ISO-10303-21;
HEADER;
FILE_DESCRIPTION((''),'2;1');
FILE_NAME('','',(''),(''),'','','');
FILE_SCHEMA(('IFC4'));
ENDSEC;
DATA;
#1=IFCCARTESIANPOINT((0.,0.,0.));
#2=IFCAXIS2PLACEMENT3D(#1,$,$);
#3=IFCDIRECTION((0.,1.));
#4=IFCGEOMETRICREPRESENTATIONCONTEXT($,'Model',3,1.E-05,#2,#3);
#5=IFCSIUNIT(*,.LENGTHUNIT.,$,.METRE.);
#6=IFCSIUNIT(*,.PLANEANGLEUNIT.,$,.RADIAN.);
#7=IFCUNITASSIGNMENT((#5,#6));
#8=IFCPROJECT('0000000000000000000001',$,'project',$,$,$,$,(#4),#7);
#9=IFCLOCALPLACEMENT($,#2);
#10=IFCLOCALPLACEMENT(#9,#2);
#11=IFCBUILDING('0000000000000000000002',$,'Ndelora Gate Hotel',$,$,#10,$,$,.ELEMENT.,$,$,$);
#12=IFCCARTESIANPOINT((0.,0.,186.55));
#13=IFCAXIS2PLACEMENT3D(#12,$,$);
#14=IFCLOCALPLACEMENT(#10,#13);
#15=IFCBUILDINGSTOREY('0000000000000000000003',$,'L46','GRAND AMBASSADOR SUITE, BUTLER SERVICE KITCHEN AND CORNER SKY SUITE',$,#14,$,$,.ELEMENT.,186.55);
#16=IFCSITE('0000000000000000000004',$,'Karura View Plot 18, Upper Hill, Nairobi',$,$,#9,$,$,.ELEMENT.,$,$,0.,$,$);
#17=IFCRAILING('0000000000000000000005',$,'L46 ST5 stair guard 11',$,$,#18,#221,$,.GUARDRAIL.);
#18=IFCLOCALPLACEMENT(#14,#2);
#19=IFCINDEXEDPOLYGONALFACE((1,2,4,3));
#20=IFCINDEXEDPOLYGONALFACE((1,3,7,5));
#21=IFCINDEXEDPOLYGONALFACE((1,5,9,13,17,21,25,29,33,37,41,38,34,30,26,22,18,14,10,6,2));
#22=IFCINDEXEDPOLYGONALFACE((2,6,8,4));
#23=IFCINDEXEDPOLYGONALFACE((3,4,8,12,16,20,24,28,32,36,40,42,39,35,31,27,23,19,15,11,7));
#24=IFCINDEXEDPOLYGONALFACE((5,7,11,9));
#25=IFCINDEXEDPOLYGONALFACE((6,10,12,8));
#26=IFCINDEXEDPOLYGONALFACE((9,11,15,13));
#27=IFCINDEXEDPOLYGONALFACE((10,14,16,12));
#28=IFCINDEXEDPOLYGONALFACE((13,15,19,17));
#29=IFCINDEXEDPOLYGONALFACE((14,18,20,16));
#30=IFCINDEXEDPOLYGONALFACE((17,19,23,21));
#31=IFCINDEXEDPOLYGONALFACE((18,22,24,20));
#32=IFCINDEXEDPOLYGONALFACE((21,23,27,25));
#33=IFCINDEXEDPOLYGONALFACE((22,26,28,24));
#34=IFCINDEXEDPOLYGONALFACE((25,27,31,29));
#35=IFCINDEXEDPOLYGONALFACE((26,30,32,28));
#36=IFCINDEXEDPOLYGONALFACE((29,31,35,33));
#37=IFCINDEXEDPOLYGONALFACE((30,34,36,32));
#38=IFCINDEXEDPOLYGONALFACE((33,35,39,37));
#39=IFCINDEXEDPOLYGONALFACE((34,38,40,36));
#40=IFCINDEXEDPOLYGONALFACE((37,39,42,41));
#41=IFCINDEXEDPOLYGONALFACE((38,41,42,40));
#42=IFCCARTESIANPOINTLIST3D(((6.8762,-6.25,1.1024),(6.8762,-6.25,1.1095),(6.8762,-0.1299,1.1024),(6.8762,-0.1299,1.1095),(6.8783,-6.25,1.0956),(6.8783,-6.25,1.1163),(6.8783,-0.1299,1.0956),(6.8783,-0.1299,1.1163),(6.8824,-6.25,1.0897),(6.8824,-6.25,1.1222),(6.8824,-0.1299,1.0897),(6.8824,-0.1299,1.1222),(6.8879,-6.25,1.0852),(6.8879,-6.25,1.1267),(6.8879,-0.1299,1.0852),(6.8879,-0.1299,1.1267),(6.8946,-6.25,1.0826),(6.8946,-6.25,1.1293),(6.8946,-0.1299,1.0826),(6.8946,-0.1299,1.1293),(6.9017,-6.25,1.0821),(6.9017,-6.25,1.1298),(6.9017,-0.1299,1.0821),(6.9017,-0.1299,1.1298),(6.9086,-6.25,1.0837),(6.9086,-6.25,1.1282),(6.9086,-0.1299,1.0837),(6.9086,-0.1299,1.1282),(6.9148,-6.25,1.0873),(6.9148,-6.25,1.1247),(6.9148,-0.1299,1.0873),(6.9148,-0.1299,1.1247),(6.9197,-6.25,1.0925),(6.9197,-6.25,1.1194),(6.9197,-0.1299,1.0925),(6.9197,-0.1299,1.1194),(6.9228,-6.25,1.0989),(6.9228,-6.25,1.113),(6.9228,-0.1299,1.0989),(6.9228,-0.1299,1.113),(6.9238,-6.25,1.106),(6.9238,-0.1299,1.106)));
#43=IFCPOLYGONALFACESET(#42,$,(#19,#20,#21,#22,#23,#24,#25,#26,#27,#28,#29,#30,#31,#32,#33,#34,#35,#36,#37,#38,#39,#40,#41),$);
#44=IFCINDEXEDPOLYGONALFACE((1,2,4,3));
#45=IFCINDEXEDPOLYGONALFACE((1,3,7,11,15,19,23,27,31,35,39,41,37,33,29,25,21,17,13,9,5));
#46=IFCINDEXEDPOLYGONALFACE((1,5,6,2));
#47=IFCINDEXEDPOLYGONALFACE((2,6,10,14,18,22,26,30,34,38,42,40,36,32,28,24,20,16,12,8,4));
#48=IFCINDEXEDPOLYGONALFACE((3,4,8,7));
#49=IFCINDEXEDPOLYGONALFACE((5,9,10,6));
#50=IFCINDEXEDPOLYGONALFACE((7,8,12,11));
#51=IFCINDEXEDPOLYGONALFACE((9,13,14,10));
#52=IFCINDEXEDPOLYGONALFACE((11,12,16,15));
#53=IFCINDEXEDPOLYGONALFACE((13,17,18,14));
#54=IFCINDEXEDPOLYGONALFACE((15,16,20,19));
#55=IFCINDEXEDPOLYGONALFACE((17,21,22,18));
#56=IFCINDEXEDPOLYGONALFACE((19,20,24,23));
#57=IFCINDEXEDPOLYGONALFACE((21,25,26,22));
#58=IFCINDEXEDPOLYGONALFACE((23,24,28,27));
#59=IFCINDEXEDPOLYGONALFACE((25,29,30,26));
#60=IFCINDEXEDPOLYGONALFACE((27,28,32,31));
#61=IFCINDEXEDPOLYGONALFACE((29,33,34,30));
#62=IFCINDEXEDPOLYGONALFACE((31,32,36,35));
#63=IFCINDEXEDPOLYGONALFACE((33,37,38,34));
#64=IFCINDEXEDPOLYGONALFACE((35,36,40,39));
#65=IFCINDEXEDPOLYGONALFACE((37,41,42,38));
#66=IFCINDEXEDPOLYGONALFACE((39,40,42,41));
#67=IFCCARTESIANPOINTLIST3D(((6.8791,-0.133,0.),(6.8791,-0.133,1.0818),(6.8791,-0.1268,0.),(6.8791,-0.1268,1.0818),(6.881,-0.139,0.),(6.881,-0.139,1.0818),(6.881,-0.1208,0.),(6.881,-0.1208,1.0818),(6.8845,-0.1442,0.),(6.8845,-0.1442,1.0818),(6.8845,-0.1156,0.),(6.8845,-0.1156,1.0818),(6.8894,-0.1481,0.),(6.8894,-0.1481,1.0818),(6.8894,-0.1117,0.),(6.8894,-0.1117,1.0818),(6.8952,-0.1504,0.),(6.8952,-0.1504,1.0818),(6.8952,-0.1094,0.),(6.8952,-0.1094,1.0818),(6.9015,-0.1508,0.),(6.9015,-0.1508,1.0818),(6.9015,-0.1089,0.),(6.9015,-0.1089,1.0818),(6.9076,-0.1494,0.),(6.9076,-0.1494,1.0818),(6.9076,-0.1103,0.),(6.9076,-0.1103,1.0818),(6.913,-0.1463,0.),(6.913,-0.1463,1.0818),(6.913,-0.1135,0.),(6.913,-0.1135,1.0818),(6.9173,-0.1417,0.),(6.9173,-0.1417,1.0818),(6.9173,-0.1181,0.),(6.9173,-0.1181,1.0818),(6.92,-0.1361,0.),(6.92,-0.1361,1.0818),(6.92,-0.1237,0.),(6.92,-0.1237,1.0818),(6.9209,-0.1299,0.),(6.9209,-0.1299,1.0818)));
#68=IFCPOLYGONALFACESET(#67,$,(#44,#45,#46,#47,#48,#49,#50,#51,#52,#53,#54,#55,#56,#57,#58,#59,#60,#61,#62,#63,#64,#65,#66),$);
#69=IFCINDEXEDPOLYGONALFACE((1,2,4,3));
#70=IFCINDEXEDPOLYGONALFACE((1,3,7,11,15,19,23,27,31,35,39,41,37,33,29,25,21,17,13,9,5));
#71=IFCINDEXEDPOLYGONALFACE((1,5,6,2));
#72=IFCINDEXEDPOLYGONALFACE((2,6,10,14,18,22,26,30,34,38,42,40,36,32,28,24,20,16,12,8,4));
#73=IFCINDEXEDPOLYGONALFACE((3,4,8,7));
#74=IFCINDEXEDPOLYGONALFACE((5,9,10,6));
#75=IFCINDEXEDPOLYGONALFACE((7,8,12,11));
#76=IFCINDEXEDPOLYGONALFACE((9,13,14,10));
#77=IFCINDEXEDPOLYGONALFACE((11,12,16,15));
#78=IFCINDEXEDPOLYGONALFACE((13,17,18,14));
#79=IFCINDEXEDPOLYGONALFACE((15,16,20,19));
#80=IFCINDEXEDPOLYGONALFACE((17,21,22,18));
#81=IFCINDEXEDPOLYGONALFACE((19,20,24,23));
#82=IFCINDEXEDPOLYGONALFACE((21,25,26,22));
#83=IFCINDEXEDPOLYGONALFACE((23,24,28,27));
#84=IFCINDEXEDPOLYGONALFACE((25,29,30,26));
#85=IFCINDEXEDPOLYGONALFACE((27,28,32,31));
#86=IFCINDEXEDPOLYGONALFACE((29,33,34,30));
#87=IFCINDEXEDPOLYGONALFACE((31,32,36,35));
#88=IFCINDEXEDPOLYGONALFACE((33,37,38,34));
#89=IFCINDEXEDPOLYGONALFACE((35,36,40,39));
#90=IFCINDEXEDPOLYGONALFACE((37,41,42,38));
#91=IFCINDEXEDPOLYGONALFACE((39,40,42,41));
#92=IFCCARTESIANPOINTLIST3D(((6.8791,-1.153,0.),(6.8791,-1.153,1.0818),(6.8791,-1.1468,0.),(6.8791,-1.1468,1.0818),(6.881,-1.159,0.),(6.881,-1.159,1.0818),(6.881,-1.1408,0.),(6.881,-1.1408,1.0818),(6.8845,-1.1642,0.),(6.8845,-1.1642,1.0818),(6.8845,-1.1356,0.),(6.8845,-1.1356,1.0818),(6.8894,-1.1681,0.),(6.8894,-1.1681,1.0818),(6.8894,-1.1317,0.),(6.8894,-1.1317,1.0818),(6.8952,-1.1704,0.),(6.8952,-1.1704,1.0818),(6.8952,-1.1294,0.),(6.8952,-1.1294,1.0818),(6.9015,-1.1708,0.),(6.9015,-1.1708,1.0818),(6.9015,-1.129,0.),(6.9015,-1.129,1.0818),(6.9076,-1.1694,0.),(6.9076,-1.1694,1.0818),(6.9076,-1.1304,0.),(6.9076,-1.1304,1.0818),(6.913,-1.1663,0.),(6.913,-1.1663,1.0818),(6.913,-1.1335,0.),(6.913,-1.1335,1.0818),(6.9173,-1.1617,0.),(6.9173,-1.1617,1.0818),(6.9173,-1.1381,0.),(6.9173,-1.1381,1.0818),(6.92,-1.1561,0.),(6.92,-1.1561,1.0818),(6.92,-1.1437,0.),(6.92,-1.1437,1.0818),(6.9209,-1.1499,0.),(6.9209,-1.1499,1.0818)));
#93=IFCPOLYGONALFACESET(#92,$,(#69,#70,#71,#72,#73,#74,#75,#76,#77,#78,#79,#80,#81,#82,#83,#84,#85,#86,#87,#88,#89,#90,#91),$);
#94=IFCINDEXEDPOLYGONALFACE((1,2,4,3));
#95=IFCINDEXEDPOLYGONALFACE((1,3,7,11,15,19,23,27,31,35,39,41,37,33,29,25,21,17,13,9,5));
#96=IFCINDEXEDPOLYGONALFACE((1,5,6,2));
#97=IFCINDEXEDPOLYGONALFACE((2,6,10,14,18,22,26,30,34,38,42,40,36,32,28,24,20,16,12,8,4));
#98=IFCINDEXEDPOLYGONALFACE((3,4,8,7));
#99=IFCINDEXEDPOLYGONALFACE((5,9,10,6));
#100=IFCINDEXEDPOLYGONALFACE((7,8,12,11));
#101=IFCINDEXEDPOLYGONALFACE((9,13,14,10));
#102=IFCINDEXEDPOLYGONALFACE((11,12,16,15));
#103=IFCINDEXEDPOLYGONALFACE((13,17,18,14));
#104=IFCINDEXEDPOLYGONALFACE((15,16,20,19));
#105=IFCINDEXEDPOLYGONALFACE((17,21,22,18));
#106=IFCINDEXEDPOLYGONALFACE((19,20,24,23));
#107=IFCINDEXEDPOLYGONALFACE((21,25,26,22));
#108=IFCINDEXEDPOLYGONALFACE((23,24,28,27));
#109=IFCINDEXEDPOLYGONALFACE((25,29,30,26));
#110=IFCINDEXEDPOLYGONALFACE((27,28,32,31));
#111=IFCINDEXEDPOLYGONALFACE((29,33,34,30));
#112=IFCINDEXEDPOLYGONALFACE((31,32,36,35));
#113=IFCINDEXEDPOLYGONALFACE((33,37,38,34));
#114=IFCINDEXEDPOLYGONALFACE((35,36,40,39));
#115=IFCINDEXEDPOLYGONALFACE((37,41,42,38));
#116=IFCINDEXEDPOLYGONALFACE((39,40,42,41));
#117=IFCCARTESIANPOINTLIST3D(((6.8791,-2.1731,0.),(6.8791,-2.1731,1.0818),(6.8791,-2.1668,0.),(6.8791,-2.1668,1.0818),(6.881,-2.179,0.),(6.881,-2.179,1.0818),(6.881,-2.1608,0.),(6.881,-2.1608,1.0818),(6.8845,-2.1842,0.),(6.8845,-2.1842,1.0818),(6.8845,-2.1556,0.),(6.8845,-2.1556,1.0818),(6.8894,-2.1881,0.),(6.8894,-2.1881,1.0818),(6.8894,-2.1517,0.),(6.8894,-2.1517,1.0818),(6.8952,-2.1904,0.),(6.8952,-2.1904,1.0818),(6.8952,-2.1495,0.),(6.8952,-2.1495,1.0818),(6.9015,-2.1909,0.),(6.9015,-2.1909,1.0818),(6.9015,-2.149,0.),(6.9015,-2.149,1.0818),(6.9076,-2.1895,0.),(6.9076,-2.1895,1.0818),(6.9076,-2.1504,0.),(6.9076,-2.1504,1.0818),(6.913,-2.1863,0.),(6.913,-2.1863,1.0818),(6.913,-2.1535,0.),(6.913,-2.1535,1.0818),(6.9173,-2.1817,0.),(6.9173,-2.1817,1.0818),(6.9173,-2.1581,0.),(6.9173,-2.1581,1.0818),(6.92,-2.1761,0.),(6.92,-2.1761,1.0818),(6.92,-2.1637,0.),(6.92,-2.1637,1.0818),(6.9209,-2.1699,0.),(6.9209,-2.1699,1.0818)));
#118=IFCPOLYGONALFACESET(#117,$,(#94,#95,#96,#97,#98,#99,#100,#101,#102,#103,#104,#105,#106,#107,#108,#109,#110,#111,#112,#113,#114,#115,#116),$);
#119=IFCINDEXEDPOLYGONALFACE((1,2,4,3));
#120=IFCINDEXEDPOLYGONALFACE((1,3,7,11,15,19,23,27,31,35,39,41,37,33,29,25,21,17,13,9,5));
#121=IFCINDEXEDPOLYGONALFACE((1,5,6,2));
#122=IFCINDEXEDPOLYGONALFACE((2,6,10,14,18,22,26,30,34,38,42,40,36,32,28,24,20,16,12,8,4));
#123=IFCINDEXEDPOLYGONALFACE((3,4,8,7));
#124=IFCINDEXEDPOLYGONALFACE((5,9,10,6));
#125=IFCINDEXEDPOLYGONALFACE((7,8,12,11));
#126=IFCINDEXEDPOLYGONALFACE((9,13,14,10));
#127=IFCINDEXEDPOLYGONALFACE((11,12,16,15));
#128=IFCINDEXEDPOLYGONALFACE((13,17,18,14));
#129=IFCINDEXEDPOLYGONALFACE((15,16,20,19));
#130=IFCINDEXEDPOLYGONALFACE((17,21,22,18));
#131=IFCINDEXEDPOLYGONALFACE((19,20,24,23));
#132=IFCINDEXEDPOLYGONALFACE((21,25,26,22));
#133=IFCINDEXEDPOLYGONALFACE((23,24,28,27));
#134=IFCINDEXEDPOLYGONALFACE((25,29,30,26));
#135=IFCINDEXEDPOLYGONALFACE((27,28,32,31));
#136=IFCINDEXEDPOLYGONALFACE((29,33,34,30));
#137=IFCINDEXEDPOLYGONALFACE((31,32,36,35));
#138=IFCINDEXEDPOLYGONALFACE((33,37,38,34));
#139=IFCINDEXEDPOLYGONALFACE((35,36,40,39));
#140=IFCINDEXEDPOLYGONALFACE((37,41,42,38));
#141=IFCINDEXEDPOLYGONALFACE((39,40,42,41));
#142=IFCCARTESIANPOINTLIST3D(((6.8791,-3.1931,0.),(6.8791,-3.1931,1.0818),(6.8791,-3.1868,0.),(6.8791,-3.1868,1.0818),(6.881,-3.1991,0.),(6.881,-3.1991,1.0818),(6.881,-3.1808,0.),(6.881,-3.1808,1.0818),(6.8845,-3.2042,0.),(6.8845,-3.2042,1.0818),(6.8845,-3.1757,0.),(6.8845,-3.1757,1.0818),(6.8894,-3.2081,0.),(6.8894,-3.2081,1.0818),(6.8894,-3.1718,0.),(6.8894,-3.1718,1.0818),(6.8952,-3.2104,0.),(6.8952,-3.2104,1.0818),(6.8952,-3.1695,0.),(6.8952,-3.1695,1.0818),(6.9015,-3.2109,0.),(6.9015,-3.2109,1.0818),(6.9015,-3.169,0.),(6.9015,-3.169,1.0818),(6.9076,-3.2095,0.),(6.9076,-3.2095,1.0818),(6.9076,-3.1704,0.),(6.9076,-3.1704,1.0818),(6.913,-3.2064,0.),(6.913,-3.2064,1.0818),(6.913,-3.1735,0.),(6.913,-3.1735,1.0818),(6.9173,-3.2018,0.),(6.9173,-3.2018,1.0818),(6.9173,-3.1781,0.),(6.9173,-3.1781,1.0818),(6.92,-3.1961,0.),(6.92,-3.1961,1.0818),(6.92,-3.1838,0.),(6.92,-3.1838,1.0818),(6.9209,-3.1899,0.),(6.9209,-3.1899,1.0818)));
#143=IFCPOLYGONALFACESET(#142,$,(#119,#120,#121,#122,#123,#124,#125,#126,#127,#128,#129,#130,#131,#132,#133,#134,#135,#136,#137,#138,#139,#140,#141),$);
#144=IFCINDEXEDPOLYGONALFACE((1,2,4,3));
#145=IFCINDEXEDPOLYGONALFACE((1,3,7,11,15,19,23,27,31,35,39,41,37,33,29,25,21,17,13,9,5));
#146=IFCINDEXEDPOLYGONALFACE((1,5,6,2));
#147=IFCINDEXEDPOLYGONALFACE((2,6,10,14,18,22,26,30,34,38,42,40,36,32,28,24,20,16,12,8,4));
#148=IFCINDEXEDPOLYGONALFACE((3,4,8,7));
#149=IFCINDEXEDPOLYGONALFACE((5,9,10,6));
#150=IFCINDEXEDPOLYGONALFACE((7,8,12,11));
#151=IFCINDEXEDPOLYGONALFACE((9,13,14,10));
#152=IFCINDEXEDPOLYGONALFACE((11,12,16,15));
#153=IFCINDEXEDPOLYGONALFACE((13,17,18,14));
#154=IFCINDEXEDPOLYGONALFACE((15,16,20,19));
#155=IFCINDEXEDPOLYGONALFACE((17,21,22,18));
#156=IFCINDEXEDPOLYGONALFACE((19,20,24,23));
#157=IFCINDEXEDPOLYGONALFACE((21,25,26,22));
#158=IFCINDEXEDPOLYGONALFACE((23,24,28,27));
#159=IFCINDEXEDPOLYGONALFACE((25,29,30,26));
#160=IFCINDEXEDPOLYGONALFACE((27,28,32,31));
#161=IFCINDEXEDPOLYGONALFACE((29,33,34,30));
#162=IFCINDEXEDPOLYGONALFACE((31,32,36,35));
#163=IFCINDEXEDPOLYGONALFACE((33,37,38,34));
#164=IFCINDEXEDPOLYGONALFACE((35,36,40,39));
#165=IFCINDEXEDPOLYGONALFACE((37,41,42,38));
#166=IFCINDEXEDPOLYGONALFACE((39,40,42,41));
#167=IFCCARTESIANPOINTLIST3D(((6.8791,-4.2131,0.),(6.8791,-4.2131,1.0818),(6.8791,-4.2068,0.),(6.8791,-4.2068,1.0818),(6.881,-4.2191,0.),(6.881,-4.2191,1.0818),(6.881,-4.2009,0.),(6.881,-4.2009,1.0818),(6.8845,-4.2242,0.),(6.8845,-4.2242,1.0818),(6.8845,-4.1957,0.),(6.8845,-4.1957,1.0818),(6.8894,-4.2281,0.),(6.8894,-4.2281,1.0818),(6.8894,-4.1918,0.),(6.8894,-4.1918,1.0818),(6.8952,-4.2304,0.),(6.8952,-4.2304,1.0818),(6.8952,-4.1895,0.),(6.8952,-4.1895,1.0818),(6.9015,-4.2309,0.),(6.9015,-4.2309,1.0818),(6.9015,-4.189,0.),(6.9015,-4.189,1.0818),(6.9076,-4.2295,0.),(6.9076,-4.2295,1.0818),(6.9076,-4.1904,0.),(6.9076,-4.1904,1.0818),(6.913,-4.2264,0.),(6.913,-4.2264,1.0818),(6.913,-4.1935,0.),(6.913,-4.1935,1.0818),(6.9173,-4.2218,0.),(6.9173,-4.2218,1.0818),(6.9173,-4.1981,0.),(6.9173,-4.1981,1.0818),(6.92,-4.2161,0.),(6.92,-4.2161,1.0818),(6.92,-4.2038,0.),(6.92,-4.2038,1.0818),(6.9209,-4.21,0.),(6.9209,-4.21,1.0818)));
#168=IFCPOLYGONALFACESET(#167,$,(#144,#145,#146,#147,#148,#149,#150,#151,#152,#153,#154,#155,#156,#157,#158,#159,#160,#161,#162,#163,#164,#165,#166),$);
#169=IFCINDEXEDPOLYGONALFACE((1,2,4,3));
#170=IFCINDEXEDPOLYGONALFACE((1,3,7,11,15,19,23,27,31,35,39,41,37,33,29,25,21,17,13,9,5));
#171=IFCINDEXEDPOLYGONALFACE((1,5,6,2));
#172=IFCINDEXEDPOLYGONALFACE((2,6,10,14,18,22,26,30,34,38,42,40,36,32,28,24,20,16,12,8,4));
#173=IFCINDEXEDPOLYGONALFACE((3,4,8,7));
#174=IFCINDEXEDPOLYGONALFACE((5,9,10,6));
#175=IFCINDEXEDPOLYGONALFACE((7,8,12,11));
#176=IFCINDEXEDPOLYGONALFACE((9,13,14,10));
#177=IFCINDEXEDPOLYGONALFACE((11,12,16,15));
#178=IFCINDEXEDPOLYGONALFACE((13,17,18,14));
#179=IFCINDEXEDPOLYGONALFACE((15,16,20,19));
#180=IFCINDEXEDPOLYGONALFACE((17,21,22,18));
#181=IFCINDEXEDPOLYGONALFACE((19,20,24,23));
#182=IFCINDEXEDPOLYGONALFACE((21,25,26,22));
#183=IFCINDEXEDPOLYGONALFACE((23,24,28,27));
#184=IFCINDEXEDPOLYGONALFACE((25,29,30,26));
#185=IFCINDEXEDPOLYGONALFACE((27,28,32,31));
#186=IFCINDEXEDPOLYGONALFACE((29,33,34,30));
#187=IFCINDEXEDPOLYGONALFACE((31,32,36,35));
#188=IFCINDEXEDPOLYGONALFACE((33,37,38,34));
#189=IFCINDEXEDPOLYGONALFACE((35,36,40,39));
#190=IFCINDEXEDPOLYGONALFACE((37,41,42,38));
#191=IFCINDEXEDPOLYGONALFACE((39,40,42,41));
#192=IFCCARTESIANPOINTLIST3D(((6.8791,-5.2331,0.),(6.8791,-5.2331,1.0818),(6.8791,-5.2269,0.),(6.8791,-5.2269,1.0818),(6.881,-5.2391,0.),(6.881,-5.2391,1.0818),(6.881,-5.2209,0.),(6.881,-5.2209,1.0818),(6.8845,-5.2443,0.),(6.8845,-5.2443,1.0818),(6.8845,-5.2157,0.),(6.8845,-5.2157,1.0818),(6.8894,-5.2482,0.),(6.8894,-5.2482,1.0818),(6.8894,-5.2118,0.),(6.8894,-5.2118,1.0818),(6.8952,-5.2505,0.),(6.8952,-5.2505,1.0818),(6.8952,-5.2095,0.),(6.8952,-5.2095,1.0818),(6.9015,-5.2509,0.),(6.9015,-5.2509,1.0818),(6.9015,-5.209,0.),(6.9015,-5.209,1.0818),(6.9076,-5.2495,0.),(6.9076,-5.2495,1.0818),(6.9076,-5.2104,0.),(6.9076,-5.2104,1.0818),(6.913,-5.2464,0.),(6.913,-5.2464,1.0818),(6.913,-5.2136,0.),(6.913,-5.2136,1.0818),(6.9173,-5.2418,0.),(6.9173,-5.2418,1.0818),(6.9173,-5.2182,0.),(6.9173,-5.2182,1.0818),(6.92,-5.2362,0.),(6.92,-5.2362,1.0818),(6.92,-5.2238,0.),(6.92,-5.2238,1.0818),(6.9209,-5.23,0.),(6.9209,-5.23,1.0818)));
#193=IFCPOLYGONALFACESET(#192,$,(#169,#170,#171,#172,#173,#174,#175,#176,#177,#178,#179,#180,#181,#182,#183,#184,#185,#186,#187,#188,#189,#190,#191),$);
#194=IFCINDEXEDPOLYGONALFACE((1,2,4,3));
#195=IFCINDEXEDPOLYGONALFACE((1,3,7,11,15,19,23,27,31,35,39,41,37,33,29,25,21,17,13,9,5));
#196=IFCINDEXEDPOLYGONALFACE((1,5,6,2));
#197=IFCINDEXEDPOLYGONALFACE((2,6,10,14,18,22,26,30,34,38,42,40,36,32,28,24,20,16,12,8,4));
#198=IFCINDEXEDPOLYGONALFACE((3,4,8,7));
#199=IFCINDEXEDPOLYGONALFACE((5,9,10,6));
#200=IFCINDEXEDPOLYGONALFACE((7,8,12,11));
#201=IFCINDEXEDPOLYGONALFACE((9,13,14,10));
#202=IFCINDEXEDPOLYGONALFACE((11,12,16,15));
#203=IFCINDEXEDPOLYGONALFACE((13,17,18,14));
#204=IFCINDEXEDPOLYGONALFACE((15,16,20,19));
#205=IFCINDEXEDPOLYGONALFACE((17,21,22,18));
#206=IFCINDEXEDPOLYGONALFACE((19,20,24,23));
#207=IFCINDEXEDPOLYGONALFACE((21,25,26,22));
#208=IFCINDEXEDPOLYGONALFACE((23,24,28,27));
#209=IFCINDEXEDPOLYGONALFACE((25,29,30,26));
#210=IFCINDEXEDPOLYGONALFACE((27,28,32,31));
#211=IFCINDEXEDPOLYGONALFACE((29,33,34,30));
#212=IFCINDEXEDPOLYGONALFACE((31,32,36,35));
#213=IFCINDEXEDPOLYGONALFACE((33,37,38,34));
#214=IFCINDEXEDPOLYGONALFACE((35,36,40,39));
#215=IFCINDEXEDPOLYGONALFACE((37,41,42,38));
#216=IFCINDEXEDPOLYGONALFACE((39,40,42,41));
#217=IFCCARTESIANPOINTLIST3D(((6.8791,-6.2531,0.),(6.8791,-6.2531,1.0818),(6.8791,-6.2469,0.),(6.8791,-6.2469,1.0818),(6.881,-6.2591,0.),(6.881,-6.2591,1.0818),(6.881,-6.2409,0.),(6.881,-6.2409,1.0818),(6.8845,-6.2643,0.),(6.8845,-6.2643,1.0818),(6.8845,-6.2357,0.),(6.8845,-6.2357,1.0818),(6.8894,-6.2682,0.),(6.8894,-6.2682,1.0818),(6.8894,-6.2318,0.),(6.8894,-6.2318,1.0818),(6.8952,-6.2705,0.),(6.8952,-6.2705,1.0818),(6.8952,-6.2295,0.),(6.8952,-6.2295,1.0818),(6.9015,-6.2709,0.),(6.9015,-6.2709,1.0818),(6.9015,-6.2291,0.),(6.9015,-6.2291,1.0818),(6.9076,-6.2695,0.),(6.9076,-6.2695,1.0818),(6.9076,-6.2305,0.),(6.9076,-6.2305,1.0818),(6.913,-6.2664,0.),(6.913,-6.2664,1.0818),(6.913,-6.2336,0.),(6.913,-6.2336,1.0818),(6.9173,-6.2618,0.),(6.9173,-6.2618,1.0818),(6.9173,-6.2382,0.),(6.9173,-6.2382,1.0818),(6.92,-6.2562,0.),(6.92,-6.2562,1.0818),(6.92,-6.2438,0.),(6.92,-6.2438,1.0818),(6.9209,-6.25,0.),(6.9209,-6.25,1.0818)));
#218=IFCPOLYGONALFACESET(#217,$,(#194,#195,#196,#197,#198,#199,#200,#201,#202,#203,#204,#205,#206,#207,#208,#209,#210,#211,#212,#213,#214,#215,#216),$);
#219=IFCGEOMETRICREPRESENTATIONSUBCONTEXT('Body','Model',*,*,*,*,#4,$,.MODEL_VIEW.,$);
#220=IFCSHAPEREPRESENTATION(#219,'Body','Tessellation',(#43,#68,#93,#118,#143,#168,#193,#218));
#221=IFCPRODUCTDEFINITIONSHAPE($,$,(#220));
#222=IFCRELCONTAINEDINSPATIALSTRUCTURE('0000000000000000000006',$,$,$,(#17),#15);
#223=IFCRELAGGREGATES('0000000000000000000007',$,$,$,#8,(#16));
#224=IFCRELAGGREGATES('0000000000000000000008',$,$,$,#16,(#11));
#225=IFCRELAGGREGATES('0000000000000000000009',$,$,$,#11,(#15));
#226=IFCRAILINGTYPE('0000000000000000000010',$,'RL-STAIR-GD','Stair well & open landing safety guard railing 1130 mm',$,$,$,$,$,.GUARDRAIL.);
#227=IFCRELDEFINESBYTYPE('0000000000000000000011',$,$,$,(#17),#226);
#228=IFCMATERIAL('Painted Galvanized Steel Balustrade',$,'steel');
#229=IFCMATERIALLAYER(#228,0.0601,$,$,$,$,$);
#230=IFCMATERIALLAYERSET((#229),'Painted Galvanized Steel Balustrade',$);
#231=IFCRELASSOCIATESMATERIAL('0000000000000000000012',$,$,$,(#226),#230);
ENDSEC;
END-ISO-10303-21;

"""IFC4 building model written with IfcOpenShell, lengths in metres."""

from ifc_helpers import new_model, si_unit, direction, frame, origin, origin_2d, place, context, subcontext, project, spatial, circle, extrude, material, layer, layer_set, type_object, element, save


model = new_model("IFC4")

# Units and contexts
model_context = context("Model", 3, precision=1e-05, world=origin(), true_north=direction((0.0, 1.0)))
body_context = subcontext(model_context, "Body", "Model", "MODEL_VIEW")
ifc_project = project(units=[si_unit("LENGTHUNIT", "METRE"), si_unit("PLANEANGLEUNIT", "RADIAN")], contexts=[model_context])

# Site, building, storey
site_placement = place(None, origin())
site = spatial("IfcSite", under=ifc_project, at=site_placement, Name="Karura View Plot 18, Upper Hill, Nairobi", CompositionType="ELEMENT", RefElevation=0.0)
building_placement = place(site_placement, origin())
building = spatial("IfcBuilding", under=site, at=building_placement, Name="Ndelora Gate Hotel", CompositionType="ELEMENT")
storey_placement = place(building_placement, frame((0.0, 0.0, 186.55)))
storey = spatial("IfcBuildingStorey", under=building, at=storey_placement, Name="L46", Description="GRAND AMBASSADOR SUITE, BUTLER SERVICE KITCHEN AND CORNER SKY SUITE", CompositionType="ELEMENT", Elevation=186.55)

# Railing
ifc_material_1 = material(Name="Painted Galvanized Steel Balustrade", Category="steel")
ifc_layer_1 = layer(ifc_material_1, 0.0601)
ifc_layer_set_1 = layer_set([ifc_layer_1], Name="Painted Galvanized Steel Balustrade")
railing_type_1 = type_object("IfcRailingType", Name="RL-STAIR-GD", Description="Stair well & open landing safety guard railing 1130 mm", PredefinedType="GUARDRAIL", material=ifc_layer_set_1)
railing_1_placement = place(storey_placement, frame((6.8999, -0.1299, 0.0)))
element("IfcRailing", 1, at=railing_1_placement, inside=storey, type_object=railing_type_1, Name="L46 ST5 stair guard 11", PredefinedType="GUARDRAIL", context=body_context, shape_type="SweptSolid", body=[
    extrude(circle(Radius=0.0239, at=origin_2d()), frame((0.0, 0.0, 1.106), z_axis=(0.0, -1.0, 0.0), x_axis=(1.0, 0.0, 0.0)), (0.0, 0.0, 1.0), 6.1201),
    extrude(circle(Radius=0.021, at=origin_2d()), origin(), (0.0, 0.0, 1.0), 1.0818),
    extrude(circle(Radius=0.021, at=origin_2d()), frame((0.0, -1.02, 0.0)), (0.0, 0.0, 1.0), 1.0818),
    extrude(circle(Radius=0.021, at=origin_2d()), frame((0.0, -2.04, 0.0)), (0.0, 0.0, 1.0), 1.0818),
    extrude(circle(Radius=0.021, at=origin_2d()), frame((0.0, -3.0601, 0.0)), (0.0, 0.0, 1.0), 1.0818),
    extrude(circle(Radius=0.021, at=origin_2d()), frame((0.0, -4.0801, 0.0)), (0.0, 0.0, 1.0), 1.0818),
    extrude(circle(Radius=0.021, at=origin_2d()), frame((0.0, -5.1001, 0.0)), (0.0, 0.0, 1.0), 1.0818),
    extrude(circle(Radius=0.021, at=origin_2d()), frame((0.0, -6.1201, 0.0)), (0.0, 0.0, 1.0), 1.0818),
])

save(model, "model.ifc")
